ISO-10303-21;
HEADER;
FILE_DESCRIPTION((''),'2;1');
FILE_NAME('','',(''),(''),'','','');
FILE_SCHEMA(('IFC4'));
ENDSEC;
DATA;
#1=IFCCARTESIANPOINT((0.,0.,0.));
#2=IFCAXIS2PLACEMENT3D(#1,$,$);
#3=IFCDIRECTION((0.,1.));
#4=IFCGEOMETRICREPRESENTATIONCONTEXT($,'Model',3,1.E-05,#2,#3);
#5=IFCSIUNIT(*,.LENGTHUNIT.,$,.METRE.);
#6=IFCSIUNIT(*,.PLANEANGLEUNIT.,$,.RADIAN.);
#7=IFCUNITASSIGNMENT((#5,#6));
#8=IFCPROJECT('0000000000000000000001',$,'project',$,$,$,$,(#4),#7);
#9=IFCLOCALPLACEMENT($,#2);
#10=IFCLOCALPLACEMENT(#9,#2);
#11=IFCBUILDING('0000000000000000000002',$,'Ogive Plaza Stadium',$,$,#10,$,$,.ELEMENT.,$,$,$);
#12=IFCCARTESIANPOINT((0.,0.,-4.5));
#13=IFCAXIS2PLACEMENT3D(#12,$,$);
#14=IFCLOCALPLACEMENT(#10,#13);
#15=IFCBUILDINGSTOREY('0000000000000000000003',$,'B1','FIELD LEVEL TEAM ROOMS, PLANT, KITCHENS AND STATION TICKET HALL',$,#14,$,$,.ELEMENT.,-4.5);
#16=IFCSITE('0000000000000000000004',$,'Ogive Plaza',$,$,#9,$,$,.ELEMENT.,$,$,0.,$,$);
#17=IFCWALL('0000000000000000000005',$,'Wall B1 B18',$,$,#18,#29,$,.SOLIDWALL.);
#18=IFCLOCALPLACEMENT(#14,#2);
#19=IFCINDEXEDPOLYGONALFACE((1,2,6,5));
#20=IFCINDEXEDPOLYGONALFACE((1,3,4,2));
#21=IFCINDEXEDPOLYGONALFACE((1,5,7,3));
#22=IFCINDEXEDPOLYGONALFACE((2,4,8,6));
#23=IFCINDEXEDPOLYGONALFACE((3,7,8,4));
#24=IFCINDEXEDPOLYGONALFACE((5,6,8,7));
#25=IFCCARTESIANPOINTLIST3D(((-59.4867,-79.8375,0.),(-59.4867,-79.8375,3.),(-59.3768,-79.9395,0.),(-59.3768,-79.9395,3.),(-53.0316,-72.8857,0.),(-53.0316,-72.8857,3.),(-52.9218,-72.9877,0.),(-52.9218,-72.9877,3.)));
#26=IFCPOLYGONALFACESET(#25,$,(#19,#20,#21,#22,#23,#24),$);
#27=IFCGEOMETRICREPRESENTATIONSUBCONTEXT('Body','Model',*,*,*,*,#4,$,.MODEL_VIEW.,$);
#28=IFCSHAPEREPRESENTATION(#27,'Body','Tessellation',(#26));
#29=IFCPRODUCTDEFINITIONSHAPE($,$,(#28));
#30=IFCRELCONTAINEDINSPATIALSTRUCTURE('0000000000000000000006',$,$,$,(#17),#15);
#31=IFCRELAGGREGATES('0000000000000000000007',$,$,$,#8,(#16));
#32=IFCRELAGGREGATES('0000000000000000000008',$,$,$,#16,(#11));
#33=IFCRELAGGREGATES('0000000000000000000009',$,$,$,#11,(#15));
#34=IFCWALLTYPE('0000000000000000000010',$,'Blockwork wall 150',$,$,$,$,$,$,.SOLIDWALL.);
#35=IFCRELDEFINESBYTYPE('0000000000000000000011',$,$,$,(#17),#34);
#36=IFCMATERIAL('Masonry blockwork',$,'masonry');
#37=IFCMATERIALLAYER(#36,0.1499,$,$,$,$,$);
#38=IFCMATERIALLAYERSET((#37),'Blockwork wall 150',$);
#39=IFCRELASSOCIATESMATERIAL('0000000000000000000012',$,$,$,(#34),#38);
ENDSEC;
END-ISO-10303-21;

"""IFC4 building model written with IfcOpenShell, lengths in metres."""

from ifc_helpers import new_model, si_unit, direction, frame, frame_2d, origin, place, context, subcontext, project, spatial, rectangle, extrude, material, layer, layer_set, type_object, element, save


model = new_model("IFC4")

# Units and contexts
model_context = context("Model", 3, precision=1e-05, world=origin(), true_north=direction((0.0, 1.0)))
body_context = subcontext(model_context, "Body", "Model", "MODEL_VIEW")
ifc_project = project(units=[si_unit("LENGTHUNIT", "METRE"), si_unit("PLANEANGLEUNIT", "RADIAN")], contexts=[model_context])

# Site, building, storey
site_placement = place(None, origin())
site = spatial("IfcSite", under=ifc_project, at=site_placement, Name="Ogive Plaza", CompositionType="ELEMENT", RefElevation=0.0)
building_placement = place(site_placement, origin())
building = spatial("IfcBuilding", under=site, at=building_placement, Name="Ogive Plaza Stadium", CompositionType="ELEMENT")
storey_placement = place(building_placement, frame((0.0, 0.0, -4.5)))
storey = spatial("IfcBuildingStorey", under=building, at=storey_placement, Name="B1", Description="FIELD LEVEL TEAM ROOMS, PLANT, KITCHENS AND STATION TICKET HALL", CompositionType="ELEMENT", Elevation=-4.5)

# Wall
ifc_material_1 = material(Name="Masonry blockwork", Category="masonry")
ifc_layer_1 = layer(ifc_material_1, 0.1499)
ifc_layer_set_1 = layer_set([ifc_layer_1], Name="Blockwork wall 150")
wall_type = type_object("IfcWallType", Name="Blockwork wall 150", PredefinedType="SOLIDWALL", material=ifc_layer_set_1)
wall_1_placement = place(storey_placement, frame((-52.9768, -72.9368, 0.0), z_axis=(0.0, 0.0, 1.0), x_axis=(-0.680436, -0.732807, 0.0)))
element("IfcWall", 1, at=wall_1_placement, inside=storey, type_object=wall_type, Name="Wall B1 B18", PredefinedType="SOLIDWALL", context=body_context, shape_type="SweptSolid", body=[
    extrude(rectangle(XDim=9.4866, YDim=0.1499, at=frame_2d((4.7432, 0.0))), origin(), (0.0, 0.0, 1.0), 3.0),
])

save(model, "model.ifc")
